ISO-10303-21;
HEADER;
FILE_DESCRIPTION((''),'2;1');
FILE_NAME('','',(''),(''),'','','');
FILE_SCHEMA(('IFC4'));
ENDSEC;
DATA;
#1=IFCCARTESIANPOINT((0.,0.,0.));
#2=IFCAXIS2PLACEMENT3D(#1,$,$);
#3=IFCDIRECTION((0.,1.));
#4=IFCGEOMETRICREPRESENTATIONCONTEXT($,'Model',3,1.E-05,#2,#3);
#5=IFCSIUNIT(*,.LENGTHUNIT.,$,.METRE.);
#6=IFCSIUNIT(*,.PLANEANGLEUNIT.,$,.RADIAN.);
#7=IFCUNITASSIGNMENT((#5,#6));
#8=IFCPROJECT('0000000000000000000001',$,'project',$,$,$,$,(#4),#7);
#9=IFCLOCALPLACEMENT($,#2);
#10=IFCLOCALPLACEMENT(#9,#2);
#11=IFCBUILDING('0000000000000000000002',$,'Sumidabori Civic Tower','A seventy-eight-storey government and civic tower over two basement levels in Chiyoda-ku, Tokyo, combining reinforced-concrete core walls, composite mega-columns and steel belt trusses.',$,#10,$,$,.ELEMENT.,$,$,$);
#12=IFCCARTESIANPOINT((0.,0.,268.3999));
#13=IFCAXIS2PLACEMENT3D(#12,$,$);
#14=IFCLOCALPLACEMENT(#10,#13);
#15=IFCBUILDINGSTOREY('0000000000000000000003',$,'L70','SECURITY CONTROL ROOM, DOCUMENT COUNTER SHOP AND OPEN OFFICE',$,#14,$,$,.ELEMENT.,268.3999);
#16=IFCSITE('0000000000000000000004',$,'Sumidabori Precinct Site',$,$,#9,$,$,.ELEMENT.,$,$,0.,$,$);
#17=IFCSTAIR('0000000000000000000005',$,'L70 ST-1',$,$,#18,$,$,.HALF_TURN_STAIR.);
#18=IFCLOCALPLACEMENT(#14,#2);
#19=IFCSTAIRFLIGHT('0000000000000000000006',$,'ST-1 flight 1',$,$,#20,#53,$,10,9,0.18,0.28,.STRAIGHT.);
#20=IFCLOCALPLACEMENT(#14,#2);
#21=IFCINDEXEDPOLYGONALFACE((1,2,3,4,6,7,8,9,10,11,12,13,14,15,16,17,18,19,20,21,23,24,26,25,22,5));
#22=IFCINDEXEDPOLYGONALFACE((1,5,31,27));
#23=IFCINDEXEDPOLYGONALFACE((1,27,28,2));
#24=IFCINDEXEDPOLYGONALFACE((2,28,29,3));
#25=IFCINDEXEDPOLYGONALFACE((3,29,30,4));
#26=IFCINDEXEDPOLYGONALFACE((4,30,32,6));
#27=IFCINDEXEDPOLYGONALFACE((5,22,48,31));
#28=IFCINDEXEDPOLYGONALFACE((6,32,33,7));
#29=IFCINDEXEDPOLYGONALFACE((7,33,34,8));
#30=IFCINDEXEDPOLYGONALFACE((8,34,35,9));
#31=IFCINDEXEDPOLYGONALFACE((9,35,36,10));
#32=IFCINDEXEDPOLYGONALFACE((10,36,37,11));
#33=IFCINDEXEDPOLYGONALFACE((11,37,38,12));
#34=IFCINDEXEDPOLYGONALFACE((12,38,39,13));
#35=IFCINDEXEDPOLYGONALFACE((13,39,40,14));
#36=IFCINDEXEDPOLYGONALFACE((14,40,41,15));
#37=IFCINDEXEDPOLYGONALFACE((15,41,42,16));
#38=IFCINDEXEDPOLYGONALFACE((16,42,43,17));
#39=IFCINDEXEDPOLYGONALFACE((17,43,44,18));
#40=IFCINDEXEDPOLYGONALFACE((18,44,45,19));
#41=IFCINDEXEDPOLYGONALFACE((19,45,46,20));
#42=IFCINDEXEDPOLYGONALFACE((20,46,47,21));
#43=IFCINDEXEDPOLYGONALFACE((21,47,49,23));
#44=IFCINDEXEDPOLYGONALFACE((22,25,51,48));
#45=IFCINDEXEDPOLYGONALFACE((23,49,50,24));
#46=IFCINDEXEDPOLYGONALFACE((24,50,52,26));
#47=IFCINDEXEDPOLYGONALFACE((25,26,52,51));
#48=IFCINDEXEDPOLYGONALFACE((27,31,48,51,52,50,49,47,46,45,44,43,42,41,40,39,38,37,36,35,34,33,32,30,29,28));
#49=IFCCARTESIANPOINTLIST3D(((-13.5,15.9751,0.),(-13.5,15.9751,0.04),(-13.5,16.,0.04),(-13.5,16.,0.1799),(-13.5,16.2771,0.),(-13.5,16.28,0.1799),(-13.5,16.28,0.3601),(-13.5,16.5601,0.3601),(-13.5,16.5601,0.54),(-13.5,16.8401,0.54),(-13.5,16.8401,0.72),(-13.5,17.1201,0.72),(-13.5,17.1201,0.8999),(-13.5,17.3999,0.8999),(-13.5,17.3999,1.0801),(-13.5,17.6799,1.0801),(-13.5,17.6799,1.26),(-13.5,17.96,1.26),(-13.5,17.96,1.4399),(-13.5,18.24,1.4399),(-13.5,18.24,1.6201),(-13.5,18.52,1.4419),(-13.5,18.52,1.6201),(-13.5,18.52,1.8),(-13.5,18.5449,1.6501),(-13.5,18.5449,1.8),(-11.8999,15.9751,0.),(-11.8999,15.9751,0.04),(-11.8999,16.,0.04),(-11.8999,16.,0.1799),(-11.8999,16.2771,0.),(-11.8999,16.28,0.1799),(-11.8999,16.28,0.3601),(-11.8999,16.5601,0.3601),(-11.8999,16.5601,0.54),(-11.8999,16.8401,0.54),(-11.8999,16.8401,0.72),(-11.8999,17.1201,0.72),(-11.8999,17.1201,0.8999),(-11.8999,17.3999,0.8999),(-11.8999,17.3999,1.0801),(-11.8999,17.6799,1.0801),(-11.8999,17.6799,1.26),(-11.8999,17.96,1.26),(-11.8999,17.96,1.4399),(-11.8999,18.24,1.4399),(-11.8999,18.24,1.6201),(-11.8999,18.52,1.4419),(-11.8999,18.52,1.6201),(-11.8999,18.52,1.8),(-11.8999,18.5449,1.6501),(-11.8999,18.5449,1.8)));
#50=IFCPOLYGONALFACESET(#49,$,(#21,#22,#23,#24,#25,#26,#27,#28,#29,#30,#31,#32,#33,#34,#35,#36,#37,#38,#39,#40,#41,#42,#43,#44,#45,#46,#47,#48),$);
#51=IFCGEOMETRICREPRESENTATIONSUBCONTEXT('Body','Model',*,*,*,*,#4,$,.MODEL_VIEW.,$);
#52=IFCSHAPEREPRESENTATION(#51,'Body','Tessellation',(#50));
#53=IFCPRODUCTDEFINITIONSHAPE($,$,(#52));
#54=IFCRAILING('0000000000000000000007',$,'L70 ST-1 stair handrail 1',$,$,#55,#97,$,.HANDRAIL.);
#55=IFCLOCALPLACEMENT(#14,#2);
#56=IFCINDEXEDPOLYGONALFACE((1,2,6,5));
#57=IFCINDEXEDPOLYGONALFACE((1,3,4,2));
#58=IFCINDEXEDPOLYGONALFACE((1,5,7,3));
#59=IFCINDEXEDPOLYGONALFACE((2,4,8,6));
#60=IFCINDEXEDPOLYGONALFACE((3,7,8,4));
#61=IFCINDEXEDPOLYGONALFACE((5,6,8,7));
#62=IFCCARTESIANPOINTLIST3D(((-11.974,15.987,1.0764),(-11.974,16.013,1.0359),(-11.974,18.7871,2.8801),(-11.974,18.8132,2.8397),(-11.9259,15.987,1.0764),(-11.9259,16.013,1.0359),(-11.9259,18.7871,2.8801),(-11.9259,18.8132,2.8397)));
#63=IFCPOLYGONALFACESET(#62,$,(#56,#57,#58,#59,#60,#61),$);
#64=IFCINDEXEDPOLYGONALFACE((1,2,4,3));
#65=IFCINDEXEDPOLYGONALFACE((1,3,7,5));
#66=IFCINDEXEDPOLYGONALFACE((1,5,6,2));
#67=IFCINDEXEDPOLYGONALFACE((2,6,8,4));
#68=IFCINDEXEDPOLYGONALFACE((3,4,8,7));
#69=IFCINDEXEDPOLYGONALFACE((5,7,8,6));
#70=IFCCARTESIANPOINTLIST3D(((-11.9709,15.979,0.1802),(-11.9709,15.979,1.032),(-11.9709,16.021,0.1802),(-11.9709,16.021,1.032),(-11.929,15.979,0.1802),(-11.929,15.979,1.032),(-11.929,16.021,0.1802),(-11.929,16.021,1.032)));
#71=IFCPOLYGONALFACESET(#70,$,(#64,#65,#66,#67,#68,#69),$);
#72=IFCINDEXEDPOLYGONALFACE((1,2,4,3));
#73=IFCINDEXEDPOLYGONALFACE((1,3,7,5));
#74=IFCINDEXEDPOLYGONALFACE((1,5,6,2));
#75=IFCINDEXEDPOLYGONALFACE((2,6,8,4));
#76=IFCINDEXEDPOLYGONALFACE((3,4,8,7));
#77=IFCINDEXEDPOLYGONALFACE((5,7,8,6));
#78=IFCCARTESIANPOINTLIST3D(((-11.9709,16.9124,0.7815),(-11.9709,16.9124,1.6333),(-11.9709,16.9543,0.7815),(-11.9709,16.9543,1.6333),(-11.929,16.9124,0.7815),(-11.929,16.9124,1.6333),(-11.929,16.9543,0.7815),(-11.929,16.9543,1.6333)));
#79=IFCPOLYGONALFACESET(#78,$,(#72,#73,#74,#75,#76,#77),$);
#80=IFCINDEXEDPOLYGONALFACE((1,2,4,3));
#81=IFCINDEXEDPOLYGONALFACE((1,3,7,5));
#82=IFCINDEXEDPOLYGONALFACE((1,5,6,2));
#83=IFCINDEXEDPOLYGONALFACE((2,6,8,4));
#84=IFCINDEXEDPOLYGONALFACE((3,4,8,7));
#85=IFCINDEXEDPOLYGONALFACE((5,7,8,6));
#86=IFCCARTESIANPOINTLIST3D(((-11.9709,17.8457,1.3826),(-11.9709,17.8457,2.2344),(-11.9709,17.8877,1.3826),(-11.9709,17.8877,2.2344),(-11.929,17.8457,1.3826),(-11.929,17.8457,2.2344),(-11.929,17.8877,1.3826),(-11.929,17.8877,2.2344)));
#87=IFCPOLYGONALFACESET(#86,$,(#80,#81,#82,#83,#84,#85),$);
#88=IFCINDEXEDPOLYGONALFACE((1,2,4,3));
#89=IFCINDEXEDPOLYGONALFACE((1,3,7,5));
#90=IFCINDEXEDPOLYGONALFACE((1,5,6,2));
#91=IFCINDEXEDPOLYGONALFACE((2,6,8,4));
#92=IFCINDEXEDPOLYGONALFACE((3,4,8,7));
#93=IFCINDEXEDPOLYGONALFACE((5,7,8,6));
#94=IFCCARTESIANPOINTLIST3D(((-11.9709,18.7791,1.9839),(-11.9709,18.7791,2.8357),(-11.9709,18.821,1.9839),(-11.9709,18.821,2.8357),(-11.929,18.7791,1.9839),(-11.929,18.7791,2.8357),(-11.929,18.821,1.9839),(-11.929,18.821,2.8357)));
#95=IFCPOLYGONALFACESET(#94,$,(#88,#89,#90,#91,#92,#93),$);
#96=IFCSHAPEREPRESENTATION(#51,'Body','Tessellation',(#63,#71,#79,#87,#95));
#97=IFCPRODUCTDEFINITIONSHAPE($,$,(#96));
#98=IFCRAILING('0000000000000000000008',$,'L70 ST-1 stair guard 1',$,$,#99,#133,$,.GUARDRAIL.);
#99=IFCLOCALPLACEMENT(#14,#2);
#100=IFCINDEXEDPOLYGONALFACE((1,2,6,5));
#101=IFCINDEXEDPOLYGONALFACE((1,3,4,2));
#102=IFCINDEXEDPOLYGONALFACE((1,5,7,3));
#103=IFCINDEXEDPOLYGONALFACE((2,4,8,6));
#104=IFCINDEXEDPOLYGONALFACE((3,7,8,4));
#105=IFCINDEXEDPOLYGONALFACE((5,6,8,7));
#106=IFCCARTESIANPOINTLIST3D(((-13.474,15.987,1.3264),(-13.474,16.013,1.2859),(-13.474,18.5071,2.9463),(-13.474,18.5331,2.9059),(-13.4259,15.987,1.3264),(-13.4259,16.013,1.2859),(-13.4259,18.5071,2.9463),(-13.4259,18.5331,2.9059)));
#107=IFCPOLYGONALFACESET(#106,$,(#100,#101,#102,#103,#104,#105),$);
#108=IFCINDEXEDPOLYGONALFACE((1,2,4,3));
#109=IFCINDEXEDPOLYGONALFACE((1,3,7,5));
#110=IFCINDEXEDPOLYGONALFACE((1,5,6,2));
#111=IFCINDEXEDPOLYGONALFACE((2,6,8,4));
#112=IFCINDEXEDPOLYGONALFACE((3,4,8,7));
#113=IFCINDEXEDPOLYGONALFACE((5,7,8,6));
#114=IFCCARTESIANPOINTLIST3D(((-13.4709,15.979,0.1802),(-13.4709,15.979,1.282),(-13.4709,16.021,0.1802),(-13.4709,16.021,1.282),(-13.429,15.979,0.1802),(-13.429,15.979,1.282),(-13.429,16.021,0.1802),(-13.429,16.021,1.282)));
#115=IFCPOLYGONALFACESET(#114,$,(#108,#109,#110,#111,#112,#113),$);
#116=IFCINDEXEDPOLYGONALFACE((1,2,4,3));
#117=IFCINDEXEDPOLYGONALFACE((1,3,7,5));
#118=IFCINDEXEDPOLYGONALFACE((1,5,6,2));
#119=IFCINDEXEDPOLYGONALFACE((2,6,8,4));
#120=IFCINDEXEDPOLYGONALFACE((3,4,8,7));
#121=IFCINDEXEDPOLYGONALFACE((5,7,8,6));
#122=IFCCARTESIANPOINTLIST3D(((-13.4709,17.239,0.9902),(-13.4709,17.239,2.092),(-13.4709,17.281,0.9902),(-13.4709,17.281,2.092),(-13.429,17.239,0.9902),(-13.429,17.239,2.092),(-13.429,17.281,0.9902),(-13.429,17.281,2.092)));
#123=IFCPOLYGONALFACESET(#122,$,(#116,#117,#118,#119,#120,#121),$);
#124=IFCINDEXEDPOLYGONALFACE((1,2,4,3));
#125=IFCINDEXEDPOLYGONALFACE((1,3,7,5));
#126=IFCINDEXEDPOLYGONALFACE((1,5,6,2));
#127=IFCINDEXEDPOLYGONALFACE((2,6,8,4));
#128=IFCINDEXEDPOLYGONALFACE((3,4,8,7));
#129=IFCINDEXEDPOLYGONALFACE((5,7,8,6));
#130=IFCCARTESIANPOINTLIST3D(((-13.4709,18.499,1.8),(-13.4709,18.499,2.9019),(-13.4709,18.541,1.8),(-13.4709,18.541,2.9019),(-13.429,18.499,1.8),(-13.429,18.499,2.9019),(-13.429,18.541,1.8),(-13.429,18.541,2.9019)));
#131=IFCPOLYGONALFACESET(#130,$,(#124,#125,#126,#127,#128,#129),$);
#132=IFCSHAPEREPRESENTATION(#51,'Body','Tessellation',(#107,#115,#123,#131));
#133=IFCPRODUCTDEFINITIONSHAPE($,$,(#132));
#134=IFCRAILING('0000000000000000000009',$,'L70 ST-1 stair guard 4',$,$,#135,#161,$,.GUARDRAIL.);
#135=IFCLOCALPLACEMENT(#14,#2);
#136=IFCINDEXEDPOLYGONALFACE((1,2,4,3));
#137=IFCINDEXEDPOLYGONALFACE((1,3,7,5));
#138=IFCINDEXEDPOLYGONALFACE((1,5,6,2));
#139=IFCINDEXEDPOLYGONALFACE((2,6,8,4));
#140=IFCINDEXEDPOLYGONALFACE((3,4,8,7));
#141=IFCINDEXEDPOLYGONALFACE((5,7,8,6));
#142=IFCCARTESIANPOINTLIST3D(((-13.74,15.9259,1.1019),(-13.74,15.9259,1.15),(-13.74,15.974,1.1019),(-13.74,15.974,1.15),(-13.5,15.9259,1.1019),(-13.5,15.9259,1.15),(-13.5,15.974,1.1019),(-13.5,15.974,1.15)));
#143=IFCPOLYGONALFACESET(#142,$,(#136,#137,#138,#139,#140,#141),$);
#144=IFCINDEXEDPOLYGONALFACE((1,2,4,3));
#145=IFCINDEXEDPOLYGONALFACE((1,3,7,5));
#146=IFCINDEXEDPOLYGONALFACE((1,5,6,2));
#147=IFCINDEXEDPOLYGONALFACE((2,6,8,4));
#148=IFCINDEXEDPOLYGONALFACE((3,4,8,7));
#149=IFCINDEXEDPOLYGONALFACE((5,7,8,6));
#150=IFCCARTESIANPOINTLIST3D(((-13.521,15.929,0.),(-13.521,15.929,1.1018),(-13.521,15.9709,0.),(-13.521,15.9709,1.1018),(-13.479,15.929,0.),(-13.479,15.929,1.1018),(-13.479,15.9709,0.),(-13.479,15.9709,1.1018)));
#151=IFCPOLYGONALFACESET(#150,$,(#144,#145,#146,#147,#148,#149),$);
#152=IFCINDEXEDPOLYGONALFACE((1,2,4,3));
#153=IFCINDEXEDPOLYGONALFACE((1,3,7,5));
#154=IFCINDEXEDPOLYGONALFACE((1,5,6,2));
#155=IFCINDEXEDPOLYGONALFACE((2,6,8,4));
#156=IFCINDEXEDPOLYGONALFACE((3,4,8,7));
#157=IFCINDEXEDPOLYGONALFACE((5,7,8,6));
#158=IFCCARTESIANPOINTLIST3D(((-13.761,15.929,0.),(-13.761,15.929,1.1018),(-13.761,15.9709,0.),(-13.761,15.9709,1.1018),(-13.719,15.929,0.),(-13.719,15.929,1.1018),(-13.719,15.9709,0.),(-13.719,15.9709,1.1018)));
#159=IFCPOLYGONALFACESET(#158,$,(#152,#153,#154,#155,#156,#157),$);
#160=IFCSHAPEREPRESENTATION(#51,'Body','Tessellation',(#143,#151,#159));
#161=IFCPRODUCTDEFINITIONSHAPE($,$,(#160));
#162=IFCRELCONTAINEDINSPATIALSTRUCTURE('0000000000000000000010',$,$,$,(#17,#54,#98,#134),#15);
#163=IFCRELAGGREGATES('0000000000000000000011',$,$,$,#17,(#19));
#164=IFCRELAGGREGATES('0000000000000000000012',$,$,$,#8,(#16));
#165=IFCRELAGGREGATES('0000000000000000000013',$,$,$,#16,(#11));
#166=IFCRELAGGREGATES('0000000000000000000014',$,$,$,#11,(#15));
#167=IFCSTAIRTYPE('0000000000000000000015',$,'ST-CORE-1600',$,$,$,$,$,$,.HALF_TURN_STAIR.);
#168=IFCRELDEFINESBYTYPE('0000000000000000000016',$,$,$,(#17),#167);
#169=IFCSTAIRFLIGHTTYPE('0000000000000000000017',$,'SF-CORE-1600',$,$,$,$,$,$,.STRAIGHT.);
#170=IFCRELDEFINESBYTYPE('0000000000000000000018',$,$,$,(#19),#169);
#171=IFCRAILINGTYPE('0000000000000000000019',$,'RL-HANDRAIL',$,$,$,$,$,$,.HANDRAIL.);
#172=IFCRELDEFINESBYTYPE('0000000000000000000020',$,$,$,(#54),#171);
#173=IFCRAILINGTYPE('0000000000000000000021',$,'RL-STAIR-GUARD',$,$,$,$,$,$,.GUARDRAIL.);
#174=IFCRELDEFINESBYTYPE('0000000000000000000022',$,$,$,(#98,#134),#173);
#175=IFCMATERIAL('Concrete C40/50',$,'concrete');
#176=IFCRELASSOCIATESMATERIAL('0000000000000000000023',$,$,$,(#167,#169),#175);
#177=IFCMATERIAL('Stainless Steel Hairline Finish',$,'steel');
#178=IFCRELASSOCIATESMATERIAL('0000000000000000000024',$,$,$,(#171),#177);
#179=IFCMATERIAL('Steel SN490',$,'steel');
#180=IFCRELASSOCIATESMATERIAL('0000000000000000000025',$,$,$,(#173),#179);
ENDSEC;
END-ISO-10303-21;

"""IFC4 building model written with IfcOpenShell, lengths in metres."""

from ifc_helpers import new_model, si_unit, direction, frame, origin, origin_2d, place, context, subcontext, project, spatial, polyline, rectangle, outline, extrude, source, transform, mapped, material, type_object, element, aggregate, save


model = new_model("IFC4")

# Units and contexts
model_context = context("Model", 3, precision=1e-05, world=origin(), true_north=direction((0.0, 1.0)))
body_context = subcontext(model_context, "Body", "Model", "MODEL_VIEW")
ifc_project = project(units=[si_unit("LENGTHUNIT", "METRE"), si_unit("PLANEANGLEUNIT", "RADIAN")], contexts=[model_context])

# Site, building, storey
site_placement = place(None, origin())
site = spatial("IfcSite", under=ifc_project, at=site_placement, Name="Sumidabori Precinct Site", CompositionType="ELEMENT", RefElevation=0.0)
building_placement = place(site_placement, origin())
building = spatial("IfcBuilding", under=site, at=building_placement, Name="Sumidabori Civic Tower", Description="A seventy-eight-storey government and civic tower over two basement levels in Chiyoda-ku, Tokyo, combining reinforced-concrete core walls, composite mega-columns and steel belt trusses.", CompositionType="ELEMENT")
storey_placement = place(building_placement, frame((0.0, 0.0, 268.3999)))
storey = spatial("IfcBuildingStorey", under=building, at=storey_placement, Name="L70", Description="SECURITY CONTROL ROOM, DOCUMENT COUNTER SHOP AND OPEN OFFICE", CompositionType="ELEMENT", Elevation=268.3999)

# Shared definitions
ifc_material_1 = material(Name="Stainless Steel Hairline Finish", Category="steel")

# Shared definitions
ifc_material_2 = material(Name="Steel SN490", Category="steel")

# Stair, stair flight
ifc_material_3 = material(Name="Concrete C40/50", Category="concrete")
stair_type = type_object("IfcStairType", Name="ST-CORE-1600", PredefinedType="HALF_TURN_STAIR", material=ifc_material_3)
stair_placement = place(storey_placement, origin())
stair = element("IfcStair", 1, at=stair_placement, inside=storey, type_object=stair_type, Name="L70 ST-1", PredefinedType="HALF_TURN_STAIR")
stair_flight_type = type_object("IfcStairFlightType", Name="SF-CORE-1600", PredefinedType="STRAIGHT", material=ifc_material_3)
shared_shape_1 = source(origin(), body_context, "Body", "SweptSolid", [
    extrude(outline(polyline([(-0.0249, 0.0), (-0.0249, 0.04), (0.0, 0.04), (0.0, 0.1799), (0.28, 0.1799), (0.28, 0.3601), (0.5601, 0.3601), (0.5601, 0.54), (0.8401, 0.54), (0.8401, 0.72), (1.1201, 0.72), (1.1201, 0.8999), (1.3999, 0.8999), (1.3999, 1.0801), (1.6799, 1.0801), (1.6799, 1.26), (1.96, 1.26), (1.96, 1.4399), (2.24, 1.4399), (2.24, 1.6201), (2.52, 1.6201), (2.52, 1.8), (2.5449, 1.8), (2.5449, 1.6501), (2.52, 1.4419), (0.2771, 0.0), (-0.0249, 0.0)])), frame((0.0, 0.8, 0.0), z_axis=(0.0, -1.0, 0.0), x_axis=(1.0, 0.0, 0.0)), (0.0, 0.0, 1.0), 1.6001),
])
stair_flight_placement = place(storey_placement, frame((-12.7, 16.0, 0.0), z_axis=(0.0, 0.0, 1.0), x_axis=(0.0, 1.0, 0.0)))
stair_flight = element("IfcStairFlight", 2, at=stair_flight_placement, type_object=stair_flight_type, Name="ST-1 flight 1", NumberOfRisers=10, NumberOfTreads=9, PredefinedType="STRAIGHT", RiserHeight=0.18, TreadLength=0.28, context=body_context, shape_type="MappedRepresentation", body=[
    mapped(shared_shape_1, transform((0.0, 0.0, 0.0), x_axis=(1.0, 0.0, 0.0), y_axis=(0.0, 1.0, 0.0), z_axis=(0.0, 0.0, 1.0), scale=1.0)),
])
aggregate(stair, [stair_flight])

# Railings
railing_type_1 = type_object("IfcRailingType", Name="RL-HANDRAIL", PredefinedType="HANDRAIL", material=ifc_material_1)
railing_1_placement = place(storey_placement, frame((-11.95, 16.0, 0.1802)))
element("IfcRailing", 3, at=railing_1_placement, inside=storey, type_object=railing_type_1, Name="L70 ST-1 stair handrail 1", PredefinedType="HANDRAIL", context=body_context, shape_type="SweptSolid", body=[
    extrude(rectangle(XDim=0.0481, YDim=0.0481, at=origin_2d()), frame((0.0, 0.0, 0.876), z_axis=(0.0, 0.840676, 0.541539), x_axis=(-1.0, 0.0, 0.0)), (0.0, 0.0, 1.0), 3.3308),
    extrude(rectangle(XDim=0.042, YDim=0.042, at=origin_2d()), origin(), (0.0, 0.0, 1.0), 0.8518),
    extrude(rectangle(XDim=0.042, YDim=0.042, at=origin_2d()), frame((0.0, 0.9333, 0.6013)), (0.0, 0.0, 1.0), 0.8518),
    extrude(rectangle(XDim=0.042, YDim=0.042, at=origin_2d()), frame((0.0, 1.8667, 1.2024)), (0.0, 0.0, 1.0), 0.8518),
    extrude(rectangle(XDim=0.042, YDim=0.042, at=origin_2d()), frame((0.0, 2.8, 1.8037)), (0.0, 0.0, 1.0), 0.8518),
])
railing_type_2 = type_object("IfcRailingType", Name="RL-STAIR-GUARD", PredefinedType="GUARDRAIL", material=ifc_material_2)
railing_2_placement = place(storey_placement, frame((-13.45, 16.0, 0.1802)))
element("IfcRailing", 4, at=railing_2_placement, inside=storey, type_object=railing_type_2, Name="L70 ST-1 stair guard 1", PredefinedType="GUARDRAIL", context=body_context, shape_type="SweptSolid", body=[
    extrude(rectangle(XDim=0.0481, YDim=0.0481, at=origin_2d()), frame((0.0, 0.0, 1.126), z_axis=(0.0, 0.8412, 0.540725), x_axis=(-1.0, 0.0, 0.0)), (0.0, 0.0, 1.0), 2.9958),
    extrude(rectangle(XDim=0.042, YDim=0.042, at=origin_2d()), origin(), (0.0, 0.0, 1.0), 1.1018),
    extrude(rectangle(XDim=0.042, YDim=0.042, at=origin_2d()), frame((0.0, 1.26, 0.8101)), (0.0, 0.0, 1.0), 1.1018),
    extrude(rectangle(XDim=0.042, YDim=0.042, at=origin_2d()), frame((0.0, 2.52, 1.6199)), (0.0, 0.0, 1.0), 1.1018),
])
railing_3_placement = place(storey_placement, frame((-13.5, 15.95, 0.0)))
element("IfcRailing", 5, at=railing_3_placement, inside=storey, type_object=railing_type_2, Name="L70 ST-1 stair guard 4", PredefinedType="GUARDRAIL", context=body_context, shape_type="SweptSolid", body=[
    extrude(rectangle(XDim=0.0481, YDim=0.0481, at=origin_2d()), frame((0.0, 0.0, 1.126), z_axis=(-1.0, 0.0, 0.0), x_axis=(0.0, -1.0, 0.0)), (0.0, 0.0, 1.0), 0.24),
    extrude(rectangle(XDim=0.042, YDim=0.042, at=origin_2d()), origin(), (0.0, 0.0, 1.0), 1.1018),
    extrude(rectangle(XDim=0.042, YDim=0.042, at=origin_2d()), frame((-0.24, 0.0, 0.0)), (0.0, 0.0, 1.0), 1.1018),
])

save(model, "model.ifc")
